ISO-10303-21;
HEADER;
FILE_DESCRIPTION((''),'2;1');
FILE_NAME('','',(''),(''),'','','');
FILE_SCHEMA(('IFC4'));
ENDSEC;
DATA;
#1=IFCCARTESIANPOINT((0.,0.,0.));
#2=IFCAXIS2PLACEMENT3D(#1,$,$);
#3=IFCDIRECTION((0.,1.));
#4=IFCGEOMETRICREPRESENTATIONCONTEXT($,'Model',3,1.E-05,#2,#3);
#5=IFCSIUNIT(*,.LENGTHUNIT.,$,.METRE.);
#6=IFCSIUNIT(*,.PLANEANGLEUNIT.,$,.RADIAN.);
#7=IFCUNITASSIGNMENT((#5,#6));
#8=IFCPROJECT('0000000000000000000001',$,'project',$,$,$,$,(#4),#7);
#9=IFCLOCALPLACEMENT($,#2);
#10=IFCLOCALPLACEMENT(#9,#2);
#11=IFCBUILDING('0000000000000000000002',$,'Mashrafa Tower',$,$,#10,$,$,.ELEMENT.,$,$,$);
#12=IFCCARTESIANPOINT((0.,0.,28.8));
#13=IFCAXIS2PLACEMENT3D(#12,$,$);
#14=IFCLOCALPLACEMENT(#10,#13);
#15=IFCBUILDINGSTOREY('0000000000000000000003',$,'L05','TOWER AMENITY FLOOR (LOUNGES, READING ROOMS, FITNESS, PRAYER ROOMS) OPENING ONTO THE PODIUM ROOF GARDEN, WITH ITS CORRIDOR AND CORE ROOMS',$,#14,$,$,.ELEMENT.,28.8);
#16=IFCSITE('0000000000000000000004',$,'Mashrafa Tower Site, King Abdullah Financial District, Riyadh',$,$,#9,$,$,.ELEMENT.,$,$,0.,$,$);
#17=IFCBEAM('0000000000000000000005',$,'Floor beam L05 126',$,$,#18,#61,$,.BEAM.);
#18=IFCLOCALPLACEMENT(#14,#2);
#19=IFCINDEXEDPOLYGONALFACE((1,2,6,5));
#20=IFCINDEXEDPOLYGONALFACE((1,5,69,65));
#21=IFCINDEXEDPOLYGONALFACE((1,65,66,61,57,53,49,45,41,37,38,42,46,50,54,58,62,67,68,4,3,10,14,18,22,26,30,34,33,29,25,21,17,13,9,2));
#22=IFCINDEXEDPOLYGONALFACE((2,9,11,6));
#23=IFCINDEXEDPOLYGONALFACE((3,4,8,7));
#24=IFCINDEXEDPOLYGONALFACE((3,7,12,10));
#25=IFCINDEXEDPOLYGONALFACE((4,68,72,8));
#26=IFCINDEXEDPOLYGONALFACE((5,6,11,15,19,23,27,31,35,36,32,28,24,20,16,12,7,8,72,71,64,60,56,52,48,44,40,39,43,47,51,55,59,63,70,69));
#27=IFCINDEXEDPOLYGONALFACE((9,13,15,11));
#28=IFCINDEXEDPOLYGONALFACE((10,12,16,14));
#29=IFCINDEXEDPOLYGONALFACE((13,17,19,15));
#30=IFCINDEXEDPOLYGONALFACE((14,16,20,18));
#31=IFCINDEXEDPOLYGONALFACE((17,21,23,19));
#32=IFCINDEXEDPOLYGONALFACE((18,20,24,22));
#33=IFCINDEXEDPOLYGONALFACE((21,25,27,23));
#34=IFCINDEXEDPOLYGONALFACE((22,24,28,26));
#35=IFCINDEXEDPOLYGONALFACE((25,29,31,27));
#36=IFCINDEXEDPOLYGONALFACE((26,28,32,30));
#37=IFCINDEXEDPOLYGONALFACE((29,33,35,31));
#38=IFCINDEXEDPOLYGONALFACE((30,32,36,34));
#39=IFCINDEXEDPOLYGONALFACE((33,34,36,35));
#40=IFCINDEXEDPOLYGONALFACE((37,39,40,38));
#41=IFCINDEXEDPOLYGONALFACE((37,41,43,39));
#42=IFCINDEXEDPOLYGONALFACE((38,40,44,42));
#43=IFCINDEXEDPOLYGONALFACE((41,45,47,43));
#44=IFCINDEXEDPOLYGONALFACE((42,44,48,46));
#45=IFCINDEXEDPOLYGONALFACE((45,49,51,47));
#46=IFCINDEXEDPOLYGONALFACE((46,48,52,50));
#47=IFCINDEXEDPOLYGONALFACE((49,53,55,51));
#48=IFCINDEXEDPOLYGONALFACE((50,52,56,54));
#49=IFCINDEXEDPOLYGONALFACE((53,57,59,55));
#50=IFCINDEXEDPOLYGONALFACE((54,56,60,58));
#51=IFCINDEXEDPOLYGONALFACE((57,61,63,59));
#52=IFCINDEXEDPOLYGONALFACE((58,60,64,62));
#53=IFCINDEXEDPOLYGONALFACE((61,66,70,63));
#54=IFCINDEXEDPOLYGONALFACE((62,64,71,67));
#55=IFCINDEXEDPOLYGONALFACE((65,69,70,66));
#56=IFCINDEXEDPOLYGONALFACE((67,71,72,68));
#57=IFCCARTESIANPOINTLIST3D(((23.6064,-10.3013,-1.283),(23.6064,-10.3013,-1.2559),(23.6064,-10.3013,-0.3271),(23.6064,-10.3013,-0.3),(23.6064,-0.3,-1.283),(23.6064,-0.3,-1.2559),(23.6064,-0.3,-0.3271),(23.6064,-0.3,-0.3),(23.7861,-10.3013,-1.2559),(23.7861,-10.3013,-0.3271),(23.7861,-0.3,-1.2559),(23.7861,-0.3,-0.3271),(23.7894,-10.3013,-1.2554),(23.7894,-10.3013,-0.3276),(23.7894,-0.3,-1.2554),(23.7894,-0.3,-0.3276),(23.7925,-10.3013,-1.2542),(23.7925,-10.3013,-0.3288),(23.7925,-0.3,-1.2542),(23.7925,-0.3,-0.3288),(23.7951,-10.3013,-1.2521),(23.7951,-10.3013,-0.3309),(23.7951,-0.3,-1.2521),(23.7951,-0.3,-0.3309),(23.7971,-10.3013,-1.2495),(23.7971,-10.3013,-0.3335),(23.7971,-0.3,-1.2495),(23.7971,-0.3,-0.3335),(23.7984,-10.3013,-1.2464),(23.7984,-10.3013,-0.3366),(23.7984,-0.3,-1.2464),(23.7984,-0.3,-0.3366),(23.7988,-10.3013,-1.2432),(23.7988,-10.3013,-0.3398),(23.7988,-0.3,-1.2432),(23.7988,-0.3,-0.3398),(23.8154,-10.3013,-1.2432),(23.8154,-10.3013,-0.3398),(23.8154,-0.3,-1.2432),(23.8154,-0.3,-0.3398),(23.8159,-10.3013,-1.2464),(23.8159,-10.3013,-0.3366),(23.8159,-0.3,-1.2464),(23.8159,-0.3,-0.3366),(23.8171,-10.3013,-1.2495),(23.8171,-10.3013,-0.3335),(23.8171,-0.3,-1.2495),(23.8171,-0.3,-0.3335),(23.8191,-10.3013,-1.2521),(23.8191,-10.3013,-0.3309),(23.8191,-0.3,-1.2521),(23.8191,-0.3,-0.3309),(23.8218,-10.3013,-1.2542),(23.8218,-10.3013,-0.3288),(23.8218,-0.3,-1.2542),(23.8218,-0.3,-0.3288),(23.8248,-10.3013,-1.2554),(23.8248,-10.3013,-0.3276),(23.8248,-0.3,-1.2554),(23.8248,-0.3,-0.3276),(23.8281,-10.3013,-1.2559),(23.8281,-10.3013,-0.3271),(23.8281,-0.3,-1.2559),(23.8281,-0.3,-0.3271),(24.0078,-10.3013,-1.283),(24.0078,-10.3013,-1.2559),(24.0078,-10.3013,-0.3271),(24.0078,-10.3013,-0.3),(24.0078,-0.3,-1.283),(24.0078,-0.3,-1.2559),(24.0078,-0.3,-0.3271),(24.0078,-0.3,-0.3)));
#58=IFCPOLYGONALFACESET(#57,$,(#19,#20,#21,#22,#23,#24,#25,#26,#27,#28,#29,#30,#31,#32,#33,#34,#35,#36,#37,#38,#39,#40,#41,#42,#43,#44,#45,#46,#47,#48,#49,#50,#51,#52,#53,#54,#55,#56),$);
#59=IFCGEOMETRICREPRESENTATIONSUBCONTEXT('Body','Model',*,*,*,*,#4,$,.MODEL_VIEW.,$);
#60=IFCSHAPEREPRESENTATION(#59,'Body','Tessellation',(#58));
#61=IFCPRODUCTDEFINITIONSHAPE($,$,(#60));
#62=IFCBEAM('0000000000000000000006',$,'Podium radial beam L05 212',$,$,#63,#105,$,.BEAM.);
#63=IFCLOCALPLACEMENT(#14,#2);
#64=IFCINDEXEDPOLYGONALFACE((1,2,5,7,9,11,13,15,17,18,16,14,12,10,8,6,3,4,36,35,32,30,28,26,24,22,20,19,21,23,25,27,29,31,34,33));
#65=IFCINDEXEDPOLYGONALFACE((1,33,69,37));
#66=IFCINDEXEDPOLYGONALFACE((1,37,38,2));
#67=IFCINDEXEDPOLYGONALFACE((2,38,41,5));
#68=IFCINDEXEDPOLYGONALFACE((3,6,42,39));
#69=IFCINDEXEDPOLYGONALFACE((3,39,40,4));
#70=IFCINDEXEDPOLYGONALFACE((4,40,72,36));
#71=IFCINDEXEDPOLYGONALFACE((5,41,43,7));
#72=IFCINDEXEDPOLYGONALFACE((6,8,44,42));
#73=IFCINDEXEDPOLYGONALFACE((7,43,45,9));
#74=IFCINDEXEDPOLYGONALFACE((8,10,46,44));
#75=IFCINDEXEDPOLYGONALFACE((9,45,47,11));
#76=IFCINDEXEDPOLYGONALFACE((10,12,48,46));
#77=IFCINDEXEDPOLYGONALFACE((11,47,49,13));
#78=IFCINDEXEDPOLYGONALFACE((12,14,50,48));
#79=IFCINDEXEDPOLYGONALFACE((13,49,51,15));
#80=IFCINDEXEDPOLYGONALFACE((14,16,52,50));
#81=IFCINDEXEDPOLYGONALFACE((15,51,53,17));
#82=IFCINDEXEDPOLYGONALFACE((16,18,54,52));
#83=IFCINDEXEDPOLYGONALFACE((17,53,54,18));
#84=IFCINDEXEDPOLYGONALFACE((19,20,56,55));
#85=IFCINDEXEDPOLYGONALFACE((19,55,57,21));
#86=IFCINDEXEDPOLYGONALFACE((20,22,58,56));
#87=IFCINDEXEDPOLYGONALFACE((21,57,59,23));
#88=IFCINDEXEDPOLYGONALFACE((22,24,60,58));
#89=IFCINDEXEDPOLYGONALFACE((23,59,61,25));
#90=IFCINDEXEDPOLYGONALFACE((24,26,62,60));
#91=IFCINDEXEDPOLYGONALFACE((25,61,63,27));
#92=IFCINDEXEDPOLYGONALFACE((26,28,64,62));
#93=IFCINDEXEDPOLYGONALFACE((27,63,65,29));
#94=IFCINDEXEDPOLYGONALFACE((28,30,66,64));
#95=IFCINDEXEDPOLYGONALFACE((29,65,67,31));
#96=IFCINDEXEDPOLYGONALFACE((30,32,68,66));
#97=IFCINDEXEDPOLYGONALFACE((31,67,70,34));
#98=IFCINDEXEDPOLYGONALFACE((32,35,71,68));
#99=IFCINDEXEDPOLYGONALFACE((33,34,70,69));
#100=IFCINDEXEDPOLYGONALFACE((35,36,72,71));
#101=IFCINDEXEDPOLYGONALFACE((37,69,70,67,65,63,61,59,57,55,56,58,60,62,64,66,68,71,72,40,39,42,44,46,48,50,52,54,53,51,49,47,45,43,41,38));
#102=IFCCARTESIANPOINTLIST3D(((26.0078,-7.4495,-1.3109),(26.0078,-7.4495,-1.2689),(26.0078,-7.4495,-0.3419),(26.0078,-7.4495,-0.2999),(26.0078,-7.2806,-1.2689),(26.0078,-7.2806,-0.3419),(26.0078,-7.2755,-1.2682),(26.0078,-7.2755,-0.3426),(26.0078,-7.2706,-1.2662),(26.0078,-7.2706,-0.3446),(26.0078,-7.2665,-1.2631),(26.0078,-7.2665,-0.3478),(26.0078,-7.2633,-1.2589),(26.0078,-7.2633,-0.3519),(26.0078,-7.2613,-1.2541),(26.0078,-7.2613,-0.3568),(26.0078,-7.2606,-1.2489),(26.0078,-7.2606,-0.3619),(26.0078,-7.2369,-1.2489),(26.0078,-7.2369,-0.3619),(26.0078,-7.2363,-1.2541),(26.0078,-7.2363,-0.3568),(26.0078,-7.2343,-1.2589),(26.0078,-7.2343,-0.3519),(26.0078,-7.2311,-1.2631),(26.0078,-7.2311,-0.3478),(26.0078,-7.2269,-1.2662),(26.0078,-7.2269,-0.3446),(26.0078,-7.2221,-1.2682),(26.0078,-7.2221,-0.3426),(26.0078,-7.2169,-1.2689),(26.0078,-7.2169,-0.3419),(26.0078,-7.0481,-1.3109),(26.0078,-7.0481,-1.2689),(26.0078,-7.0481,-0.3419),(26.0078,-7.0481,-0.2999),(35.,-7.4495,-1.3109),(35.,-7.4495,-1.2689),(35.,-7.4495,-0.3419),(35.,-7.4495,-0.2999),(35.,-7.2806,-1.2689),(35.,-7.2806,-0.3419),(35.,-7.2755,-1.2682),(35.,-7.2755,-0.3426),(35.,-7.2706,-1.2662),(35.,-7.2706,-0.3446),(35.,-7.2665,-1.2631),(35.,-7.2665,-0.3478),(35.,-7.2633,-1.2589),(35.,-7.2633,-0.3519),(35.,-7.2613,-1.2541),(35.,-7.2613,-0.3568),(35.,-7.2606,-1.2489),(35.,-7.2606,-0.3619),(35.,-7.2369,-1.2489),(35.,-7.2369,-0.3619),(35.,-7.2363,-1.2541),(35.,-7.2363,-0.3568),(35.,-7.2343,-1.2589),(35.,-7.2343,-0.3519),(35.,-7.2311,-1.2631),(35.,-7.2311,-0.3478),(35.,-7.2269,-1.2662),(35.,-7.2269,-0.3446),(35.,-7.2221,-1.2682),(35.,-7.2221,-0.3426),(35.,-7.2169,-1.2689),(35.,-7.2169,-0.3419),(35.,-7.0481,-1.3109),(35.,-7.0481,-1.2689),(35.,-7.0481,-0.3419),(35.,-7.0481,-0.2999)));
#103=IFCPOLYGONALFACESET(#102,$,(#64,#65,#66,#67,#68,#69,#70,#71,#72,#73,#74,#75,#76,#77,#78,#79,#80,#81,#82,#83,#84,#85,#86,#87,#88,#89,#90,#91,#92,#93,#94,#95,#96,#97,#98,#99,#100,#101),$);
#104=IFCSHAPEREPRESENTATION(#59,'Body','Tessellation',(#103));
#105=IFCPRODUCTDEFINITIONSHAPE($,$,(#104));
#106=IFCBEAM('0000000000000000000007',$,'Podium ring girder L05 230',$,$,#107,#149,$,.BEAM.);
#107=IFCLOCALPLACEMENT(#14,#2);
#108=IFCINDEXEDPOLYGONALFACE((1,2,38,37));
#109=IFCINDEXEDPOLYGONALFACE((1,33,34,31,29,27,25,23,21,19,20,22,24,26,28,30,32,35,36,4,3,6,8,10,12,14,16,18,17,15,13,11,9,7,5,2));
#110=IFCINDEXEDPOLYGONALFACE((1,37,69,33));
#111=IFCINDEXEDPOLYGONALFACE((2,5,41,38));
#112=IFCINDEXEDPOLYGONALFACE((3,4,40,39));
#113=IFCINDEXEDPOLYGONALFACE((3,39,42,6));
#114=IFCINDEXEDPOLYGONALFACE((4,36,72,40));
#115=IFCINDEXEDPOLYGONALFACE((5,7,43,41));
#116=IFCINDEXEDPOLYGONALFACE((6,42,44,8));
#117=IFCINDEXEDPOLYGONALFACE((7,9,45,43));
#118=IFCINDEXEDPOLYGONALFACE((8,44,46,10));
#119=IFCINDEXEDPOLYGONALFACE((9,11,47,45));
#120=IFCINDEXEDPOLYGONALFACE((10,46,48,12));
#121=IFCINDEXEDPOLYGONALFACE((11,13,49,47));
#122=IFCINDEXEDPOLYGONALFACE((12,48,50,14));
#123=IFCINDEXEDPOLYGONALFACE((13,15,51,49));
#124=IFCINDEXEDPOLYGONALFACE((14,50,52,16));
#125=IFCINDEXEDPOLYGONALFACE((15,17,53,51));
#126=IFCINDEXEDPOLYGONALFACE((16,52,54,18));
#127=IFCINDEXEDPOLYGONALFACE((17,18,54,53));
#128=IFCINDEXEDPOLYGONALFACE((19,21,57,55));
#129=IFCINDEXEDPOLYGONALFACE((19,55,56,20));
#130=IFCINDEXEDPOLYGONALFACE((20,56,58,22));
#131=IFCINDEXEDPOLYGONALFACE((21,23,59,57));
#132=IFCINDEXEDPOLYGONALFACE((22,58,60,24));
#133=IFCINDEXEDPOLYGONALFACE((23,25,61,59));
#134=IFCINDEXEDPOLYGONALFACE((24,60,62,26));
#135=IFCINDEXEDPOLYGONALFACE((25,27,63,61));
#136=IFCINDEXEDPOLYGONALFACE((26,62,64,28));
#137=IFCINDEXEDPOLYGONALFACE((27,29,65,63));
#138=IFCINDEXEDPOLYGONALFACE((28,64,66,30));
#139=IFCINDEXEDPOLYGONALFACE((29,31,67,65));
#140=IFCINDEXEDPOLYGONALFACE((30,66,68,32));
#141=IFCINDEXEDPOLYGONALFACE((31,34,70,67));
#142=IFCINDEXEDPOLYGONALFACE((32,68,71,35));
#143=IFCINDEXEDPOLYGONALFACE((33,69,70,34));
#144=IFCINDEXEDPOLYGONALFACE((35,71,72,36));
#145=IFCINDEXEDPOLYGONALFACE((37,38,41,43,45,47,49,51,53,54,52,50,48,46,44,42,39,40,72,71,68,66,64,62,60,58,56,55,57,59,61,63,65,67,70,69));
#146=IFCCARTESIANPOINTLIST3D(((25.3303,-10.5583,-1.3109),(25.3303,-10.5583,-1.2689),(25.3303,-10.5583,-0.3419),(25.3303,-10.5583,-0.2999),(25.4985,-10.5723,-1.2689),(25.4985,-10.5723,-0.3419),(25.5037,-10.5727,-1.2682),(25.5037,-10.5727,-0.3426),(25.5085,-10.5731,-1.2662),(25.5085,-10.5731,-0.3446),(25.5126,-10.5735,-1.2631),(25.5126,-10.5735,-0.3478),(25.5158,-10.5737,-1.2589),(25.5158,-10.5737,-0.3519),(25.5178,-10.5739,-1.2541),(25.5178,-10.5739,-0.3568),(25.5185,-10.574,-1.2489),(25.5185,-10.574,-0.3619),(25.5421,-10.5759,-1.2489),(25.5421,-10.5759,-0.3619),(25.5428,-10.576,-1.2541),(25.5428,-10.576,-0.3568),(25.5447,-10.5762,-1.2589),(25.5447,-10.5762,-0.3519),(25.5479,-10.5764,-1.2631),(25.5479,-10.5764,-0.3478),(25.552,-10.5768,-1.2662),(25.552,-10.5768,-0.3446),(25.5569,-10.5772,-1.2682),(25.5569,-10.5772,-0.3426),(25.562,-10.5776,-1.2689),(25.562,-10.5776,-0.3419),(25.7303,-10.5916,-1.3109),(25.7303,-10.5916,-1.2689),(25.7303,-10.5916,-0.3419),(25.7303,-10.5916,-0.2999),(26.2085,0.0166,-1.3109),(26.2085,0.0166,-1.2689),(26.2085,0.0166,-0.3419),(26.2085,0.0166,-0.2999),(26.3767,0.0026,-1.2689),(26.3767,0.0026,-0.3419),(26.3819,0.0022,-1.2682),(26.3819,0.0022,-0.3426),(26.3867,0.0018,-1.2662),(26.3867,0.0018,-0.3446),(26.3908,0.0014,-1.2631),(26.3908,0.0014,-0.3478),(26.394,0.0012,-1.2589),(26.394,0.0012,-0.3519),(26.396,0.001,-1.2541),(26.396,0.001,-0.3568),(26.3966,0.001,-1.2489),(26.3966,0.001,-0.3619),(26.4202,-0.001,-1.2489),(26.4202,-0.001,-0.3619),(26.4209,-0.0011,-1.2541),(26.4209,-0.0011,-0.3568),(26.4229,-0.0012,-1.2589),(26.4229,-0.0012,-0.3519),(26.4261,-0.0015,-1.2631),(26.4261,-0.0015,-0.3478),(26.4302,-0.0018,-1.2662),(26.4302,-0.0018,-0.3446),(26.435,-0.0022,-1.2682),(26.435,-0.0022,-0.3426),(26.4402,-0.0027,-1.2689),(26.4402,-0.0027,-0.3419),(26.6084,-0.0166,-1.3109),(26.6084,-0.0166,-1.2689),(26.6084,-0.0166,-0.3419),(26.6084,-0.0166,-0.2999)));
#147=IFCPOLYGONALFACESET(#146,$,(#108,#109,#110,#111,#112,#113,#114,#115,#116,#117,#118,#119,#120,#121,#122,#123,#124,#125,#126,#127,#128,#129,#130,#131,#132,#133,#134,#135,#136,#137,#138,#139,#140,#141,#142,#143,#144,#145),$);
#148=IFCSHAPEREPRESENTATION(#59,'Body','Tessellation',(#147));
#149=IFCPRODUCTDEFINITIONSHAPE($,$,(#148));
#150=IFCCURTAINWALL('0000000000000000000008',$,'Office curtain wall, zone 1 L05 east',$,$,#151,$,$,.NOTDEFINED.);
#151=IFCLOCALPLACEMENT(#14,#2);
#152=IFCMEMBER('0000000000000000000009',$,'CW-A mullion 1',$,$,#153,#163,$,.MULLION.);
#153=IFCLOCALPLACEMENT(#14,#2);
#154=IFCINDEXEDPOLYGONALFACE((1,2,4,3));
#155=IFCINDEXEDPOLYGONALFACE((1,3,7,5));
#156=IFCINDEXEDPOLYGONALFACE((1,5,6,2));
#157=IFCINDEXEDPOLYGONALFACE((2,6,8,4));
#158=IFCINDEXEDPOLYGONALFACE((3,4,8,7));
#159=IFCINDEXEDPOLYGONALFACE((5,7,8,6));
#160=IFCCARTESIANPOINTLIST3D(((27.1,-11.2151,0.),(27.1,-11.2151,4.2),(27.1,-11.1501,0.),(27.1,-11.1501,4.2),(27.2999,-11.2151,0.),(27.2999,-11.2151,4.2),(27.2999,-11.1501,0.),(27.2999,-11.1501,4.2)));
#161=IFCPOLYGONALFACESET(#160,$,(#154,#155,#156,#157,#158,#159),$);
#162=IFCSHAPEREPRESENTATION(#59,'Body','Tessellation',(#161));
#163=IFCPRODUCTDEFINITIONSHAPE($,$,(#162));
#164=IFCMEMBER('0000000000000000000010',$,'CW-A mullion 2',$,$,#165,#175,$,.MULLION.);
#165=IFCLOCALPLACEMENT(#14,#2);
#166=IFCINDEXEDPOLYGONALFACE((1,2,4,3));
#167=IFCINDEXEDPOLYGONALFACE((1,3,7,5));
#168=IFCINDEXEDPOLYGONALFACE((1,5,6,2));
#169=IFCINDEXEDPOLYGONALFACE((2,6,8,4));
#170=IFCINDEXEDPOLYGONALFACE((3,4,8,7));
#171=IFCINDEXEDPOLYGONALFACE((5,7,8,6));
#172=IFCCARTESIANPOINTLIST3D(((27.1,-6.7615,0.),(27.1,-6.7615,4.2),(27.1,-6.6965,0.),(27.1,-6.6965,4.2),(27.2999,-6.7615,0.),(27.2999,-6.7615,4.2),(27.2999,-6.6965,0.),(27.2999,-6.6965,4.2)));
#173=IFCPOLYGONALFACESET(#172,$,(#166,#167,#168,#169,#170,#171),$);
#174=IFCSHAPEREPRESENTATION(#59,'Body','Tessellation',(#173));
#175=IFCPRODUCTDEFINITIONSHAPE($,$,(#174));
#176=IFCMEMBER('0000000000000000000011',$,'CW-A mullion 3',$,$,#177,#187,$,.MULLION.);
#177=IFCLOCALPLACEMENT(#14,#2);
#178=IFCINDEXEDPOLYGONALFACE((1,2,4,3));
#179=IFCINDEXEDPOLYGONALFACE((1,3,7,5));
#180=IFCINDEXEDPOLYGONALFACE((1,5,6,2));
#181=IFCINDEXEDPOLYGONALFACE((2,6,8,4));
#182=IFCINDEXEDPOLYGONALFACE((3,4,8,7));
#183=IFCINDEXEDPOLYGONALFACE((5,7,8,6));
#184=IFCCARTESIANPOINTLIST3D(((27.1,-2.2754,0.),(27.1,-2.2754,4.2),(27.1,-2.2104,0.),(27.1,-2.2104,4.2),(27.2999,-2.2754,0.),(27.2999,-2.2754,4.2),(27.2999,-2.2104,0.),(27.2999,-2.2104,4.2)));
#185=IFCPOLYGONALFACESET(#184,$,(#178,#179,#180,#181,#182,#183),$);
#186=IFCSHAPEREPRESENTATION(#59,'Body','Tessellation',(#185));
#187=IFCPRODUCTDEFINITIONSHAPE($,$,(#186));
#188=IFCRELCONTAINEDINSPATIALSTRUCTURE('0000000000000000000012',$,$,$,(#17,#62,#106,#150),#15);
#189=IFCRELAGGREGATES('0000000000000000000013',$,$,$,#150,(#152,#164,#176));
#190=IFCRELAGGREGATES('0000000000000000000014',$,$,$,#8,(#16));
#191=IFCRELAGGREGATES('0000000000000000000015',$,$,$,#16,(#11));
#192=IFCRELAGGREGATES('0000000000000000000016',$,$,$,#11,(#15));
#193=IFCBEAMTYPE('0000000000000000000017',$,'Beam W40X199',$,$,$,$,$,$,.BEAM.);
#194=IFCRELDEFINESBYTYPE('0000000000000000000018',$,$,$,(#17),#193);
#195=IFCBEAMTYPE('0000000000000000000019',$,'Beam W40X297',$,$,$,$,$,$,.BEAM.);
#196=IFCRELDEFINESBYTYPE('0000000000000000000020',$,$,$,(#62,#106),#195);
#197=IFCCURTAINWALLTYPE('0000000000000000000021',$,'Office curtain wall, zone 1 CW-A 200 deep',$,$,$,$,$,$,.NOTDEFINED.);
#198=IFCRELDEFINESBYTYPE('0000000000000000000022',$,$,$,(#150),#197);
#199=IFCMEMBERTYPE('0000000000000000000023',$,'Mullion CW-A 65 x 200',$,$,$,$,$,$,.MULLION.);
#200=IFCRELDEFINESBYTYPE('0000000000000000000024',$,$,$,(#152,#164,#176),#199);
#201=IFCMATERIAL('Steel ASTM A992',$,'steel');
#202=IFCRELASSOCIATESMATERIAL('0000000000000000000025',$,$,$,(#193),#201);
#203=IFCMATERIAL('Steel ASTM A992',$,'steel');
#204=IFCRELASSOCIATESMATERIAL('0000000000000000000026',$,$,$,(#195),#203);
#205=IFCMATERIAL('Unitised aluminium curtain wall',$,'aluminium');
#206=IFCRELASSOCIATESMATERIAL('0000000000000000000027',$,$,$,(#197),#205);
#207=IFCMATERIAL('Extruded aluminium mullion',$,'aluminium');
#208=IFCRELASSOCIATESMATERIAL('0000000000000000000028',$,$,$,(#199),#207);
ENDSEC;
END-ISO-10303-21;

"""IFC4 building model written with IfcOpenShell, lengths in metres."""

from ifc_helpers import new_model, si_unit, direction, frame, origin, origin_2d, place, context, subcontext, project, spatial, rectangle, i_section, extrude, source, transform, mapped, material, material_profile, profile_set, type_object, type_shapes, element, aggregate, save


model = new_model("IFC4")

# Units and contexts
model_context = context("Model", 3, precision=1e-05, world=origin(), true_north=direction((0.0, 1.0)))
body_context = subcontext(model_context, "Body", "Model", "MODEL_VIEW")
ifc_project = project(units=[si_unit("LENGTHUNIT", "METRE"), si_unit("PLANEANGLEUNIT", "RADIAN")], contexts=[model_context])

# Site, building, storey
site_placement = place(None, origin())
site = spatial("IfcSite", under=ifc_project, at=site_placement, Name="Mashrafa Tower Site, King Abdullah Financial District, Riyadh", CompositionType="ELEMENT", RefElevation=0.0)
building_placement = place(site_placement, origin())
building = spatial("IfcBuilding", under=site, at=building_placement, Name="Mashrafa Tower", CompositionType="ELEMENT")
storey_placement = place(building_placement, frame((0.0, 0.0, 28.8)))
storey = spatial("IfcBuildingStorey", under=building, at=storey_placement, Name="L05", Description="TOWER AMENITY FLOOR (LOUNGES, READING ROOMS, FITNESS, PRAYER ROOMS) OPENING ONTO THE PODIUM ROOF GARDEN, WITH ITS CORRIDOR AND CORE ROOMS", CompositionType="ELEMENT", Elevation=28.8)

# Beams
ifc_material_1 = material(Name="Steel ASTM A992", Category="steel")
ifc_material_profile_1 = material_profile(ifc_material_1, i_section(OverallWidth=0.4014, OverallDepth=0.9829, WebThickness=0.0166, FlangeThickness=0.0271, FilletRadius=0.0127, at=origin_2d()), Name="W40X199")
ifc_profile_set_1 = profile_set([ifc_material_profile_1], Name="Steel ASTM A992")
beam_type_1 = type_object("IfcBeamType", Name="Beam W40X199", PredefinedType="BEAM", material=ifc_profile_set_1)
beam_1_placement = place(storey_placement, frame((23.8071, -0.3, -0.7915), z_axis=(0.0, -1.0, 0.0), x_axis=(1.0, 0.0, 0.0)))
element("IfcBeam", 1, at=beam_1_placement, inside=storey, type_object=beam_type_1, Name="Floor beam L05 126", PredefinedType="BEAM", context=body_context, shape_type="SweptSolid", body=[
    extrude(i_section(OverallWidth=0.4014, OverallDepth=0.9829, WebThickness=0.0166, FlangeThickness=0.0271, FilletRadius=0.0127, at=origin_2d()), origin(), (0.0, 0.0, 1.0), 10.0012),
])
ifc_material_2 = material(Name="Steel ASTM A992", Category="steel")
ifc_material_profile_2 = material_profile(ifc_material_2, i_section(OverallWidth=0.4014, OverallDepth=1.011, WebThickness=0.0237, FlangeThickness=0.042, FilletRadius=0.02, at=origin_2d()), Name="W40X297")
ifc_profile_set_2 = profile_set([ifc_material_profile_2], Name="Steel ASTM A992")
beam_type_2 = type_object("IfcBeamType", Name="Beam W40X297", PredefinedType="BEAM", material=ifc_profile_set_2)
beam_2_placement = place(storey_placement, frame((26.0078, -7.2488, -0.8054), z_axis=(1.0, 0.0, 0.0), x_axis=(0.0, 1.0, 0.0)))
element("IfcBeam", 2, at=beam_2_placement, inside=storey, type_object=beam_type_2, Name="Podium radial beam L05 212", PredefinedType="BEAM", context=body_context, shape_type="SweptSolid", body=[
    extrude(i_section(OverallWidth=0.4014, OverallDepth=1.011, WebThickness=0.0237, FlangeThickness=0.042, FilletRadius=0.02, at=origin_2d()), origin(), (0.0, 0.0, 1.0), 8.9922),
])
beam_3_placement = place(storey_placement, frame((25.5303, -10.575, -0.8054), z_axis=(0.082758, 0.99657, 0.0), x_axis=(-0.99657, 0.082758, 0.0)))
element("IfcBeam", 3, at=beam_3_placement, inside=storey, type_object=beam_type_2, Name="Podium ring girder L05 230", PredefinedType="BEAM", context=body_context, shape_type="SweptSolid", body=[
    extrude(i_section(OverallWidth=0.4014, OverallDepth=1.011, WebThickness=0.0237, FlangeThickness=0.042, FilletRadius=0.02, at=origin_2d()), origin(), (0.0, 0.0, 1.0), 10.6113),
])

# Curtain wall, members
ifc_material_3 = material(Name="Unitised aluminium curtain wall", Category="aluminium")
curtain_wall_type = type_object("IfcCurtainWallType", Name="Office curtain wall, zone 1 CW-A 200 deep", PredefinedType="NOTDEFINED", material=ifc_material_3)
curtain_wall_1_placement = place(storey_placement, origin())
curtain_wall_1 = element("IfcCurtainWall", 4, at=curtain_wall_1_placement, inside=storey, type_object=curtain_wall_type, Name="Office curtain wall, zone 1 L05 east", PredefinedType="NOTDEFINED")
ifc_material_4 = material(Name="Extruded aluminium mullion", Category="aluminium")
ifc_material_profile_3 = material_profile(ifc_material_4, rectangle(XDim=0.2, YDim=0.0649, at=origin_2d()), Name="Mullion 65x200")
ifc_profile_set_3 = profile_set([ifc_material_profile_3], Name="Extruded aluminium mullion")
member_type_1 = type_object("IfcMemberType", Name="Mullion CW-A 65 x 200", PredefinedType="MULLION", material=ifc_profile_set_3)
shared_shape_1 = source(origin(), body_context, "Body", "SweptSolid", [
    extrude(rectangle(XDim=0.2, YDim=0.0649, at=origin_2d()), origin(), (0.0, 0.0, 1.0), 4.2),
])
type_shapes(member_type_1, [shared_shape_1])
member_1_placement = place(storey_placement, frame((27.2, -11.1826, 0.0), z_axis=(0.0, 0.0, 1.0), x_axis=(-1.0, 0.0, 0.0)))
member_1 = element("IfcMember", 5, at=member_1_placement, type_object=member_type_1, Name="CW-A mullion 1", PredefinedType="MULLION", context=body_context, shape_type="MappedRepresentation", body=[
    mapped(shared_shape_1, transform((0.0, 0.0, 0.0))),
])
member_2_placement = place(storey_placement, frame((27.2, -6.729, 0.0), z_axis=(0.0, 0.0, 1.0), x_axis=(-1.0, 0.0, 0.0)))
member_2 = element("IfcMember", 6, at=member_2_placement, type_object=member_type_1, Name="CW-A mullion 2", PredefinedType="MULLION", context=body_context, shape_type="MappedRepresentation", body=[
    mapped(shared_shape_1, transform((0.0, 0.0, 0.0))),
])
member_3_placement = place(storey_placement, frame((27.2, -2.2429, 0.0), z_axis=(0.0, 0.0, 1.0), x_axis=(-1.0, 0.0, 0.0)))
member_3 = element("IfcMember", 7, at=member_3_placement, type_object=member_type_1, Name="CW-A mullion 3", PredefinedType="MULLION", context=body_context, shape_type="MappedRepresentation", body=[
    mapped(shared_shape_1, transform((0.0, 0.0, 0.0))),
])

aggregate(curtain_wall_1, [member_1, member_2, member_3])

save(model, "model.ifc")
